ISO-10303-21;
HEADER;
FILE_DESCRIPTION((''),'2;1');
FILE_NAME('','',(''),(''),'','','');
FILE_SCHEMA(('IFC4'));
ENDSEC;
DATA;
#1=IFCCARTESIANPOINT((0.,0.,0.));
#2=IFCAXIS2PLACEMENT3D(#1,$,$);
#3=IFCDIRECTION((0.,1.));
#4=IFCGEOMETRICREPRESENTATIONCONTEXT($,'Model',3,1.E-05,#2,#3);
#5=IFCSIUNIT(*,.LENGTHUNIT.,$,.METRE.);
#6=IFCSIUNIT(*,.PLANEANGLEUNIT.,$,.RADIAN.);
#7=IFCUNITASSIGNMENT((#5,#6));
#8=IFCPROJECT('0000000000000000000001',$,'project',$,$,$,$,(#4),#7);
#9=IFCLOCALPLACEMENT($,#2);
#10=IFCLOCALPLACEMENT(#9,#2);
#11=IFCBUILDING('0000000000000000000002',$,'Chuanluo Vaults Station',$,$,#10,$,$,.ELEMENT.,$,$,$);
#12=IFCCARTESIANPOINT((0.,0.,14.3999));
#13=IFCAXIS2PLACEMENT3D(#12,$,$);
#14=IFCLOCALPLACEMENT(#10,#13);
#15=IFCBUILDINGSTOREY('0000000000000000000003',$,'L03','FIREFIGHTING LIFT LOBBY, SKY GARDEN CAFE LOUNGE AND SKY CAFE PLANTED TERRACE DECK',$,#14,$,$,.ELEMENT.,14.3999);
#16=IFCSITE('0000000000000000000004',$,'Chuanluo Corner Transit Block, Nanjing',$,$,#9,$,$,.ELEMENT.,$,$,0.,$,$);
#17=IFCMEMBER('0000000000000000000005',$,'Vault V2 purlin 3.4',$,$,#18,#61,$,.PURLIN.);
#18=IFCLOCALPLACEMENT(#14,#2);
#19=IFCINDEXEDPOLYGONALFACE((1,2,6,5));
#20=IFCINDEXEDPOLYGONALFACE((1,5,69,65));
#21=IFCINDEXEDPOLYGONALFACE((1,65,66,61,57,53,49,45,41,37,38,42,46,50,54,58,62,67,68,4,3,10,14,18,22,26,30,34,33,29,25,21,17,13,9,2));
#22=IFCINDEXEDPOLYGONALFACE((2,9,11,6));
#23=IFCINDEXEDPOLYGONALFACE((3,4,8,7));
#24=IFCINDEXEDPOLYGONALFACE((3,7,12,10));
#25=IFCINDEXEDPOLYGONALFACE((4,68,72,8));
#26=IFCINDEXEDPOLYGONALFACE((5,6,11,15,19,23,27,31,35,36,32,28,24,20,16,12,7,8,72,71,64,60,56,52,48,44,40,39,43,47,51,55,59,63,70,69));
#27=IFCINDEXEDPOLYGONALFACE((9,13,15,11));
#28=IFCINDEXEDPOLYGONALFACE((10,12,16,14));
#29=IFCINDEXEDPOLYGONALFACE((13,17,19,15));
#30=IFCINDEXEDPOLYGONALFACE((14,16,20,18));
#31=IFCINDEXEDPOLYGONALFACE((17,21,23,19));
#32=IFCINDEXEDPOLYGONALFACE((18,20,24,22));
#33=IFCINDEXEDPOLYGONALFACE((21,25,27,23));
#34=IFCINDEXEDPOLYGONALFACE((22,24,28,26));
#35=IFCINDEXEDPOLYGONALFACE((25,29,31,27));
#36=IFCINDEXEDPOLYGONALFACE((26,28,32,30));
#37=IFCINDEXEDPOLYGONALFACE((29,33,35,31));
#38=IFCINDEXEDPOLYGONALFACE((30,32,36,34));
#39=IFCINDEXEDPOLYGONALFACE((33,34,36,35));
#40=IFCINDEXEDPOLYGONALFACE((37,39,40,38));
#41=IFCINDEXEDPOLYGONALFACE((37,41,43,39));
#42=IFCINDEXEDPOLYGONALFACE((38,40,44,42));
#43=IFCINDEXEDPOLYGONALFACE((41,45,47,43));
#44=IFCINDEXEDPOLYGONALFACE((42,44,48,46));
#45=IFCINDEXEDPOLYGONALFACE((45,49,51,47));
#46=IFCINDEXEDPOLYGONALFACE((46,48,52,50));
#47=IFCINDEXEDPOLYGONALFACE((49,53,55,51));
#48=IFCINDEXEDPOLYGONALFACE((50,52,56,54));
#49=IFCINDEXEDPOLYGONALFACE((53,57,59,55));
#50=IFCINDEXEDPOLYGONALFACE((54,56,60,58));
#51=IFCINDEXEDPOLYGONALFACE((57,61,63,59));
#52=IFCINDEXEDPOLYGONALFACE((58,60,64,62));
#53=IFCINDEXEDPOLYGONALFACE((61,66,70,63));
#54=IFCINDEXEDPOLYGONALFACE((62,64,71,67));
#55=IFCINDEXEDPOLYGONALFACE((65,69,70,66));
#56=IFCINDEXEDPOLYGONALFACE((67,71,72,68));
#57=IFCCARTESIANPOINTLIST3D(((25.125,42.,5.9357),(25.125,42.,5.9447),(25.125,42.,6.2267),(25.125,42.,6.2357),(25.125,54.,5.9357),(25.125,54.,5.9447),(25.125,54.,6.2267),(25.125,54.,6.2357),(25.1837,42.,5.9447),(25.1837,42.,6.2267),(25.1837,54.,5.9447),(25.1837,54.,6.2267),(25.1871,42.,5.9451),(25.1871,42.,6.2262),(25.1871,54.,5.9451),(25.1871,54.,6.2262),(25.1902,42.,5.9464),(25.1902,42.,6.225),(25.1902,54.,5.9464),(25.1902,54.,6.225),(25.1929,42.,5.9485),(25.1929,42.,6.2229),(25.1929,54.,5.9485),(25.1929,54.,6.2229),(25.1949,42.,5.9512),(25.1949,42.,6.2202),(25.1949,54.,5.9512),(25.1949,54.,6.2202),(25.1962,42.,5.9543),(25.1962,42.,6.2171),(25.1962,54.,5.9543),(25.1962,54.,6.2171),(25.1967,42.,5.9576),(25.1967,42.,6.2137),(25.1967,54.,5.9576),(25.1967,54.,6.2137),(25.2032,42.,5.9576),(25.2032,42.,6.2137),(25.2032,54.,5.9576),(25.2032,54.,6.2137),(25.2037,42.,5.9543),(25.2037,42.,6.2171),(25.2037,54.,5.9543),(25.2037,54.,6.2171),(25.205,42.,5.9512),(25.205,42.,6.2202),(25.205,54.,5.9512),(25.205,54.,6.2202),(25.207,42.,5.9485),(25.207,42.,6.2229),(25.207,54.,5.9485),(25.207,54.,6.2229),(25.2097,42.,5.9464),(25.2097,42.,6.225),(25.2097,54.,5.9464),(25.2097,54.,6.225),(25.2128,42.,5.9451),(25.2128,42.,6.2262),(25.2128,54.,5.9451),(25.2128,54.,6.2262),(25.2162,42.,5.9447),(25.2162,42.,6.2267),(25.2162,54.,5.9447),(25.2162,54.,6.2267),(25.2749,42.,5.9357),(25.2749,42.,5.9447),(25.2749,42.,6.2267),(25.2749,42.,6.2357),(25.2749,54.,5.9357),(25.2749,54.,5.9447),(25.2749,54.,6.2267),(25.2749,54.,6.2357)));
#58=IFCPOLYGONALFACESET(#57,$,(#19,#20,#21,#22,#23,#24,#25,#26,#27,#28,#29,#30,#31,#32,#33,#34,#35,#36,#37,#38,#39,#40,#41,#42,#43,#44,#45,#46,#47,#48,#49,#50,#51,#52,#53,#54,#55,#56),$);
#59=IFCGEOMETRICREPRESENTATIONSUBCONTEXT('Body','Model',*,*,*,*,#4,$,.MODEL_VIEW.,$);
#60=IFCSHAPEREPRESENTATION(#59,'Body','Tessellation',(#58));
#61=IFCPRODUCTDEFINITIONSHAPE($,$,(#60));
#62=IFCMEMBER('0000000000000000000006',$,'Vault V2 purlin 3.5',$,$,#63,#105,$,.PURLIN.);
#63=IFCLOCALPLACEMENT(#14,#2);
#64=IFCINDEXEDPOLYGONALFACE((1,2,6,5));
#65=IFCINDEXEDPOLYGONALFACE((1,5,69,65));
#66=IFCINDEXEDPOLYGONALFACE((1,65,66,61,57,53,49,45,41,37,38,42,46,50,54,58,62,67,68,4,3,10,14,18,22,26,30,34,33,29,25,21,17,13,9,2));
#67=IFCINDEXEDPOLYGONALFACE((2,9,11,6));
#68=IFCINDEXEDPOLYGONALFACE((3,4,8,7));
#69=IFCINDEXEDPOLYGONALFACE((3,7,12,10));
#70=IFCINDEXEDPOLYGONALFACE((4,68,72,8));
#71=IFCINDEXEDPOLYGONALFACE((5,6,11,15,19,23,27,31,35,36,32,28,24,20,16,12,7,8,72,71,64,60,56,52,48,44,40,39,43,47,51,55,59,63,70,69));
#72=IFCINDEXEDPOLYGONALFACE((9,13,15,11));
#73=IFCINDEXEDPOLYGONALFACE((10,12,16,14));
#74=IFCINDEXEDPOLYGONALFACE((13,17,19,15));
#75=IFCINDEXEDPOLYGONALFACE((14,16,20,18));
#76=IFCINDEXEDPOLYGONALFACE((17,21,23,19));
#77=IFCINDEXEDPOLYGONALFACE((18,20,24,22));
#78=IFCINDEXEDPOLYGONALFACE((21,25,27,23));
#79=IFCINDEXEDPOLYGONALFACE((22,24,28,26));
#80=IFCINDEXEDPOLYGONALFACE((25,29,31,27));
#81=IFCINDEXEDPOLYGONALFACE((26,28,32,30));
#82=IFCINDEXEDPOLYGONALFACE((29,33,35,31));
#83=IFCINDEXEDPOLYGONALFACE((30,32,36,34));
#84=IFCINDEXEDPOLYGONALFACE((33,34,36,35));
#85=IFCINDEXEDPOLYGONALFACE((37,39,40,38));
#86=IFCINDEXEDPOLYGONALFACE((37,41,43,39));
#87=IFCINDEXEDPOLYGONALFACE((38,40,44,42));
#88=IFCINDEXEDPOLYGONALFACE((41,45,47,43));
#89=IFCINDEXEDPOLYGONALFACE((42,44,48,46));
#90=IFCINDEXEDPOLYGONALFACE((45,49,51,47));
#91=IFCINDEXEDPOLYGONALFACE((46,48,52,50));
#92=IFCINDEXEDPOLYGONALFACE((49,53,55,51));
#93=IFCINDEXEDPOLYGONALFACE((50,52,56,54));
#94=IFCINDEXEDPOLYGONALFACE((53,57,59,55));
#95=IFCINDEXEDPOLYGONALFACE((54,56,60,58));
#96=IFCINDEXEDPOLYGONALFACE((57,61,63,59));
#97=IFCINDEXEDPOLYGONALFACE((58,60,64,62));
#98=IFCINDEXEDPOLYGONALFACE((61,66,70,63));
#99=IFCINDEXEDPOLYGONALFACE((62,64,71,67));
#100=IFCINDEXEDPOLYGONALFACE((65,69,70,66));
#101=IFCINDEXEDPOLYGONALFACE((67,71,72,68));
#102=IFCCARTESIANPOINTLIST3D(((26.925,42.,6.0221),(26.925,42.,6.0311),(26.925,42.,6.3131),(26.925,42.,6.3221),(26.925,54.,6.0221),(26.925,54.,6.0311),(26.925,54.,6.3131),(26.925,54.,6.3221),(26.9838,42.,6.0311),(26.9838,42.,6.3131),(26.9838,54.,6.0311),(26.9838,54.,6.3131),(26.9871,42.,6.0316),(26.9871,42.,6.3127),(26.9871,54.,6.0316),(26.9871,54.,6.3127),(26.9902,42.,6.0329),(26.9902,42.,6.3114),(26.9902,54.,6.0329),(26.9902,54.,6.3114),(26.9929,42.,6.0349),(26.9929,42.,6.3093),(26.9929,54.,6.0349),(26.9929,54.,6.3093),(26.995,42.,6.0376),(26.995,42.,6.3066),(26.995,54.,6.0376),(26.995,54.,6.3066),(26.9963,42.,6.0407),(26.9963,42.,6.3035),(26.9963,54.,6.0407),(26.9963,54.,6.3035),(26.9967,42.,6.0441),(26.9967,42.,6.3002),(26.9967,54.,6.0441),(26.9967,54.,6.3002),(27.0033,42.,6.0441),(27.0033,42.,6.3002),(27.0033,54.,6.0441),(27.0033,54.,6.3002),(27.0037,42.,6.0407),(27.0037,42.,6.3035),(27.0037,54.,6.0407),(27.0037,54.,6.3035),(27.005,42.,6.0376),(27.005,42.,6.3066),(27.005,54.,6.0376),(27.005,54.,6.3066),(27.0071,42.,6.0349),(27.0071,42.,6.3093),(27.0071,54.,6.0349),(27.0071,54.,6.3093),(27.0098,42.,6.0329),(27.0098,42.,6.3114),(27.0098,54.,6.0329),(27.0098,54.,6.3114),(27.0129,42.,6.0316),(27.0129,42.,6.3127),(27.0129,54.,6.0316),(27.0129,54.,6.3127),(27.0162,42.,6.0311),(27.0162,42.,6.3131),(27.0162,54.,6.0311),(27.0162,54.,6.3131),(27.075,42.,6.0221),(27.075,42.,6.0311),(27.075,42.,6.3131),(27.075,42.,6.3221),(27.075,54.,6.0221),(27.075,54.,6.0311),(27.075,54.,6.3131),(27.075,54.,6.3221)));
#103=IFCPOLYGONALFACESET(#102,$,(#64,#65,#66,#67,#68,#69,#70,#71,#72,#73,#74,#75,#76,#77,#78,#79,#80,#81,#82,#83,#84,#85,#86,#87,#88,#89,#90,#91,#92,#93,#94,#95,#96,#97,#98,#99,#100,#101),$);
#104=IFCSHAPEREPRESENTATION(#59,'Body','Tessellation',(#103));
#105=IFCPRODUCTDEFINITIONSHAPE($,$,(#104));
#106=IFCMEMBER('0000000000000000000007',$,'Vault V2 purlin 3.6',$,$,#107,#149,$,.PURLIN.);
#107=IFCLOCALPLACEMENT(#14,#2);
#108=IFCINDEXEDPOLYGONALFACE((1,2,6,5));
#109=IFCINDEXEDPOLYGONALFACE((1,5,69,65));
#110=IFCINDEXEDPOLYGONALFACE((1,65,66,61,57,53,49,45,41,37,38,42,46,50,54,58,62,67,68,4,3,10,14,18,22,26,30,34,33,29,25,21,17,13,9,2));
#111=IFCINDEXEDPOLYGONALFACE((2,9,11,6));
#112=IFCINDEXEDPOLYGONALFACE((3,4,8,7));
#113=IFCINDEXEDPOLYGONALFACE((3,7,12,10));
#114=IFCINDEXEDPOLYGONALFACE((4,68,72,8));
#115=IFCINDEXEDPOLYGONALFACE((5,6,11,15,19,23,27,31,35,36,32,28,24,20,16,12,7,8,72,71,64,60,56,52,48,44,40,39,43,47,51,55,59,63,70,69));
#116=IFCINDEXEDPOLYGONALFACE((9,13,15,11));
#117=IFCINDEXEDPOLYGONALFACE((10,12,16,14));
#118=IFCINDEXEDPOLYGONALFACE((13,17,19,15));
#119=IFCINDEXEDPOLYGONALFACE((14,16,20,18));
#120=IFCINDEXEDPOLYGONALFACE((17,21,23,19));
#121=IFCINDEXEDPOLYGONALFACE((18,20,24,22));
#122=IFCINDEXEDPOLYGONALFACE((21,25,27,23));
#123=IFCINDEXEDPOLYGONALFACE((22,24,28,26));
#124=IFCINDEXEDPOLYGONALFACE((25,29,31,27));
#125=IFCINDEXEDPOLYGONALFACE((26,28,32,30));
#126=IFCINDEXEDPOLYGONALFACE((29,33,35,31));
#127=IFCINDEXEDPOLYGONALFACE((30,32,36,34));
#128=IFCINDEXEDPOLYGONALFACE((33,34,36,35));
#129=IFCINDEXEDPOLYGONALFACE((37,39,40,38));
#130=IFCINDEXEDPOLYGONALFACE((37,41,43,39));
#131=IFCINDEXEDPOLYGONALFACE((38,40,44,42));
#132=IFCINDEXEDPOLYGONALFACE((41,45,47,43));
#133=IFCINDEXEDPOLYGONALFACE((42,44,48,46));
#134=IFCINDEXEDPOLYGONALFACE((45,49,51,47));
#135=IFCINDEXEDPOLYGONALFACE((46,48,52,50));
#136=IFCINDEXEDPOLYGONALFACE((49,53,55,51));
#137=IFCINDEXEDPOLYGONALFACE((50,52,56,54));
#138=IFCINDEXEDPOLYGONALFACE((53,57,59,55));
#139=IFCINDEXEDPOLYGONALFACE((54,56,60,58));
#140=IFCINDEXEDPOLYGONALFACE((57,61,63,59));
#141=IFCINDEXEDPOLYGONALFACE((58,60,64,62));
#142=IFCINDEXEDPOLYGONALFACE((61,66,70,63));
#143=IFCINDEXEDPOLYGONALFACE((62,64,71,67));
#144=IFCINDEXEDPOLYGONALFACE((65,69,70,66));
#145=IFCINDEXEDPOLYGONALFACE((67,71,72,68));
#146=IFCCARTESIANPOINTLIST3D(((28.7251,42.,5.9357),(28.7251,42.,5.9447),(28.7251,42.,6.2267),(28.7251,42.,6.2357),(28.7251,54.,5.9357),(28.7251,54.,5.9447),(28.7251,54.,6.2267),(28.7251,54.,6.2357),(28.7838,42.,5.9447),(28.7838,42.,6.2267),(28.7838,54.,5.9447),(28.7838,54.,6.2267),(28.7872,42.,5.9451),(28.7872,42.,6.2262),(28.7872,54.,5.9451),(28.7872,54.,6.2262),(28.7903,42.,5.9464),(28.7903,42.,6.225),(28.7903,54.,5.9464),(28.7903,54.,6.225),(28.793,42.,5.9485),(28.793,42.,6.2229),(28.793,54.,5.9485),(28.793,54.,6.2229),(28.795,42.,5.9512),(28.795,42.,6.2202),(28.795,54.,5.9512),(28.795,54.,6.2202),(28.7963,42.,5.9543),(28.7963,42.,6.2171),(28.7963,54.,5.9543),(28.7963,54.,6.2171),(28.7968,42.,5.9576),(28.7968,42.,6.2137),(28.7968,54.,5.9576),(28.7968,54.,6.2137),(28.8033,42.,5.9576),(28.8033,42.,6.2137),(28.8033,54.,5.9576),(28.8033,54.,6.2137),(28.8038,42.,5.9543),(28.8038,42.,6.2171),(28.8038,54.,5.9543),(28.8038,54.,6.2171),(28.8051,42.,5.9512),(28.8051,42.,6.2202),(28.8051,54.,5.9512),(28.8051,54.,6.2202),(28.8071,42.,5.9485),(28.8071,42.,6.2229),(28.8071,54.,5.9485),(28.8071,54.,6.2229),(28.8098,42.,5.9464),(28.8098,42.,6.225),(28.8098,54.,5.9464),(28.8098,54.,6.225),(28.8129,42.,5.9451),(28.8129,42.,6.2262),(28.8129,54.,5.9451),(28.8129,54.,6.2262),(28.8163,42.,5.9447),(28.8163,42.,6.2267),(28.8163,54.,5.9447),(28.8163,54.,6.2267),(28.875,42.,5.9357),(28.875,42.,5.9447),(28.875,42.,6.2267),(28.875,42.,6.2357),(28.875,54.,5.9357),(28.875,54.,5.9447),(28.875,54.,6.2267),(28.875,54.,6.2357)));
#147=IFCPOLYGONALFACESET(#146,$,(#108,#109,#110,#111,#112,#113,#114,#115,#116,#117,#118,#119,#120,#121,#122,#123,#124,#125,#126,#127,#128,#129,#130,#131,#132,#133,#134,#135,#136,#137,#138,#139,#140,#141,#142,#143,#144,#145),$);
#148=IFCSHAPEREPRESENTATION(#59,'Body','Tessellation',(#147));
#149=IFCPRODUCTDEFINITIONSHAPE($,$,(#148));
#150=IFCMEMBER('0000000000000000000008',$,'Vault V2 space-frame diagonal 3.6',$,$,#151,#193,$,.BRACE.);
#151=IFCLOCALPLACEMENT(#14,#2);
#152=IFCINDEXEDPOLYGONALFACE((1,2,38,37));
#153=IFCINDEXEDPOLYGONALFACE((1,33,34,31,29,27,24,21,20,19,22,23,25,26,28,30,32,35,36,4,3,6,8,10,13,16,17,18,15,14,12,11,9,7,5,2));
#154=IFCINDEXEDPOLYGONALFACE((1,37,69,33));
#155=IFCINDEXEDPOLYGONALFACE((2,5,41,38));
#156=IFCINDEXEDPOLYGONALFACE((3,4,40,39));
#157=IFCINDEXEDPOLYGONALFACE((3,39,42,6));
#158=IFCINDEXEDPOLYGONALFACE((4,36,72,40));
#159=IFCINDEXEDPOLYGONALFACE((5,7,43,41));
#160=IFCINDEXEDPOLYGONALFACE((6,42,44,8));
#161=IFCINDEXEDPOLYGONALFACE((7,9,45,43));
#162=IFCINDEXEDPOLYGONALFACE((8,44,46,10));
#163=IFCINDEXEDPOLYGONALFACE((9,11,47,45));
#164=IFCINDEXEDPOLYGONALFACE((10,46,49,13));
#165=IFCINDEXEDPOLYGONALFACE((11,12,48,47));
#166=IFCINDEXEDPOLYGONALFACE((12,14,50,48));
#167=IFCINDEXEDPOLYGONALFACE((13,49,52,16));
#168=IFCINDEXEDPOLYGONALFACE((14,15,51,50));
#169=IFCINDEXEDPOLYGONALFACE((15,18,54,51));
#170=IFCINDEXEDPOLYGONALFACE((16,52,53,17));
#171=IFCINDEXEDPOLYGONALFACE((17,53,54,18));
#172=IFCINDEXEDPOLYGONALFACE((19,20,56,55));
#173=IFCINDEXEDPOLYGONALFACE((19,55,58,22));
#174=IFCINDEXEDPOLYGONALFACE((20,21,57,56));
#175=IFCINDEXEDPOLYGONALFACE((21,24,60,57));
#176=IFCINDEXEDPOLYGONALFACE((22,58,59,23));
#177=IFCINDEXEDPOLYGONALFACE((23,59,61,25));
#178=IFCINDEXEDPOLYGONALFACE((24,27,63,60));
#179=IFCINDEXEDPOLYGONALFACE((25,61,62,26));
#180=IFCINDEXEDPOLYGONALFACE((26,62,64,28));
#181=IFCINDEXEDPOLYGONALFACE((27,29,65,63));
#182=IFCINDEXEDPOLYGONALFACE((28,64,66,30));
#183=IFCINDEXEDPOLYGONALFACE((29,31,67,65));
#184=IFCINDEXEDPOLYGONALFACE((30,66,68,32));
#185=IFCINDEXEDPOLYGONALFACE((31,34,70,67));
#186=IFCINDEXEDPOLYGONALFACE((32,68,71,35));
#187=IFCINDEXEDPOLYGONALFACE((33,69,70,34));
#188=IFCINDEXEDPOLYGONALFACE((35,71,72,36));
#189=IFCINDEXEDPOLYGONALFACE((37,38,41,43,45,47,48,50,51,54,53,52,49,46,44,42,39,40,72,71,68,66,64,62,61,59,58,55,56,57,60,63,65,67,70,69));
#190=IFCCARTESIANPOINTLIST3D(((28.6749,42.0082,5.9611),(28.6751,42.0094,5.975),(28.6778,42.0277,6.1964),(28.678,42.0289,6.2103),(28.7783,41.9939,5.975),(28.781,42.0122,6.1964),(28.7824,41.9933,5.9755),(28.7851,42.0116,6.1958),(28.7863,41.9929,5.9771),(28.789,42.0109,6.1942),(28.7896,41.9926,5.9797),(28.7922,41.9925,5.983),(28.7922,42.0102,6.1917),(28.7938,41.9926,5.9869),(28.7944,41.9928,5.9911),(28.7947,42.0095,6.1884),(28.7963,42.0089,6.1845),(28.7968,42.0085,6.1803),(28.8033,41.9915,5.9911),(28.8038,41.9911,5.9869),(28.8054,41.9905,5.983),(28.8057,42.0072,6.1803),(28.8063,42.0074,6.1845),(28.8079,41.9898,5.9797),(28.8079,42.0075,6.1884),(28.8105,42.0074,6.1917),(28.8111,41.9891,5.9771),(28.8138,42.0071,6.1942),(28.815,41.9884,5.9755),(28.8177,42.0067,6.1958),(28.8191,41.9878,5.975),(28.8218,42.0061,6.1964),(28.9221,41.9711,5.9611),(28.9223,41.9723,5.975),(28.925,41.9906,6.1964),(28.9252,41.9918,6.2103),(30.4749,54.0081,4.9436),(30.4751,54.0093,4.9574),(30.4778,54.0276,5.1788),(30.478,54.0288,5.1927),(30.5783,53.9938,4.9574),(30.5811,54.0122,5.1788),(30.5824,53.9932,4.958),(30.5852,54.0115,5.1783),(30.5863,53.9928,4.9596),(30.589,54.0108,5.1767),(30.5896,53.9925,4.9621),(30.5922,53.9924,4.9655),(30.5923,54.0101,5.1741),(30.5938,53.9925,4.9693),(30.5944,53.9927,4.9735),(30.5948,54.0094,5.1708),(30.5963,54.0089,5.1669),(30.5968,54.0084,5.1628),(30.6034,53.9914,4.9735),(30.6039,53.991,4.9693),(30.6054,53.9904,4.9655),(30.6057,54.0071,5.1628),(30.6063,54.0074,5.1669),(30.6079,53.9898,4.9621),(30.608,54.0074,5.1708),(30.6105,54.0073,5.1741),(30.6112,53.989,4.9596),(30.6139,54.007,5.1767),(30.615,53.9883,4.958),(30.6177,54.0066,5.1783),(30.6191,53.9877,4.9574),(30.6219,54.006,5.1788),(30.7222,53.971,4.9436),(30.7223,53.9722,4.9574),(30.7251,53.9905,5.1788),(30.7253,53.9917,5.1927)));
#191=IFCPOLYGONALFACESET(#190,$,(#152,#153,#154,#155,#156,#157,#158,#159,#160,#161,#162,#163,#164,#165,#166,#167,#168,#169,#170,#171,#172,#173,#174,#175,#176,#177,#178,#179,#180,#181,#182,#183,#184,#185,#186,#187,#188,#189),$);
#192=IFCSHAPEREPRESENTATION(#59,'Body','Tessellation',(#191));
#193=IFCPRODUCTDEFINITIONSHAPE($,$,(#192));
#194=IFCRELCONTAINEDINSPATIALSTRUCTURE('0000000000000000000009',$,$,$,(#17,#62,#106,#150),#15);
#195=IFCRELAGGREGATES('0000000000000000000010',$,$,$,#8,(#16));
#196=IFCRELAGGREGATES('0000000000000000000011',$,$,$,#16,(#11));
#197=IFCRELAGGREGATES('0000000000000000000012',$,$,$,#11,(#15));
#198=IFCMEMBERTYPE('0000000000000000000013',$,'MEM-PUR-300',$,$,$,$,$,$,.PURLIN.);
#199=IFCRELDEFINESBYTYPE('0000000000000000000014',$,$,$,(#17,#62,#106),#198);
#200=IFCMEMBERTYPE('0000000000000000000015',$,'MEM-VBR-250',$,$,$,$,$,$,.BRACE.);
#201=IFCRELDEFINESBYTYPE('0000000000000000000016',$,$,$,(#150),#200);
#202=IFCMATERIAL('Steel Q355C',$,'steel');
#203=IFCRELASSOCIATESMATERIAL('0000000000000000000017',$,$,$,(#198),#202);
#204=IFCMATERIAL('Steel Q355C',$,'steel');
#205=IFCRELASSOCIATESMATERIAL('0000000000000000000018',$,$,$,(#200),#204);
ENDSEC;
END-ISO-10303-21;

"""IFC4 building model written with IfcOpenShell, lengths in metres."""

from ifc_helpers import new_model, si_unit, direction, frame, origin, origin_2d, place, context, subcontext, project, spatial, i_section, extrude, material, material_profile, profile_set, type_object, element, save


model = new_model("IFC4")

# Units and contexts
model_context = context("Model", 3, precision=1e-05, world=origin(), true_north=direction((0.0, 1.0)))
body_context = subcontext(model_context, "Body", "Model", "MODEL_VIEW")
ifc_project = project(units=[si_unit("LENGTHUNIT", "METRE"), si_unit("PLANEANGLEUNIT", "RADIAN")], contexts=[model_context])

# Site, building, storey
site_placement = place(None, origin())
site = spatial("IfcSite", under=ifc_project, at=site_placement, Name="Chuanluo Corner Transit Block, Nanjing", CompositionType="ELEMENT", RefElevation=0.0)
building_placement = place(site_placement, origin())
building = spatial("IfcBuilding", under=site, at=building_placement, Name="Chuanluo Vaults Station", CompositionType="ELEMENT")
storey_placement = place(building_placement, frame((0.0, 0.0, 14.3999)))
storey = spatial("IfcBuildingStorey", under=building, at=storey_placement, Name="L03", Description="FIREFIGHTING LIFT LOBBY, SKY GARDEN CAFE LOUNGE AND SKY CAFE PLANTED TERRACE DECK", CompositionType="ELEMENT", Elevation=14.3999)

# Members
ifc_material_1 = material(Name="Steel Q355C", Category="steel")
ifc_material_profile_1 = material_profile(ifc_material_1, i_section(OverallWidth=0.1499, OverallDepth=0.3, WebThickness=0.0066, FlangeThickness=0.009, FilletRadius=0.0129, at=origin_2d()))
ifc_profile_set_1 = profile_set([ifc_material_profile_1], Name="Steel Q355C")
member_type_1 = type_object("IfcMemberType", Name="MEM-PUR-300", PredefinedType="PURLIN", material=ifc_profile_set_1)
for number, where, z_axis, x_axis, name in (
    (1, (25.2, 42.0, 6.0857), (0.0, 1.0, 0.0), (-1.0, 0.0, 0.0), "Vault V2 purlin 3.4"),
    (2, (27.0, 42.0, 6.1721), (0.0, 1.0, 0.0), (-1.0, 0.0, 0.0), "Vault V2 purlin 3.5"),
    (3, (28.8, 42.0, 6.0857), (0.0, 1.0, 0.0), (-1.0, 0.0, 0.0), "Vault V2 purlin 3.6"),
):
    element("IfcMember", number, at=place(storey_placement, frame(where, z_axis=z_axis, x_axis=x_axis)), inside=storey, type_object=member_type_1, Name=name, PredefinedType="PURLIN", context=body_context, shape_type="SweptSolid", body=[
        extrude(i_section(OverallWidth=0.1499, OverallDepth=0.3, WebThickness=0.0066, FlangeThickness=0.009, FilletRadius=0.0129, at=origin_2d()), origin(), (0.0, 0.0, 1.0), 12.0),
    ])
ifc_material_2 = material(Name="Steel Q355C", Category="steel")
ifc_material_profile_2 = material_profile(ifc_material_2, i_section(OverallWidth=0.25, OverallDepth=0.25, WebThickness=0.009, FlangeThickness=0.0139, FilletRadius=0.0161, at=origin_2d()))
ifc_profile_set_2 = profile_set([ifc_material_profile_2], Name="Steel Q355C")
member_type_2 = type_object("IfcMemberType", Name="MEM-VBR-250", PredefinedType="BRACE", material=ifc_profile_set_2)
member_1_placement = place(storey_placement, frame((28.8, 42.0, 6.0857), z_axis=(0.147826, 0.985477, -0.083567), x_axis=(-0.988936, 0.148344, 0.0)))
element("IfcMember", 4, at=member_1_placement, inside=storey, type_object=member_type_2, Name="Vault V2 space-frame diagonal 3.6", PredefinedType="BRACE", context=body_context, shape_type="SweptSolid", body=[
    extrude(i_section(OverallWidth=0.25, OverallDepth=0.25, WebThickness=0.009, FlangeThickness=0.0139, FilletRadius=0.0161, at=origin_2d()), origin(), (0.0, 0.0, 1.0), 12.1768),
])

save(model, "model.ifc")
